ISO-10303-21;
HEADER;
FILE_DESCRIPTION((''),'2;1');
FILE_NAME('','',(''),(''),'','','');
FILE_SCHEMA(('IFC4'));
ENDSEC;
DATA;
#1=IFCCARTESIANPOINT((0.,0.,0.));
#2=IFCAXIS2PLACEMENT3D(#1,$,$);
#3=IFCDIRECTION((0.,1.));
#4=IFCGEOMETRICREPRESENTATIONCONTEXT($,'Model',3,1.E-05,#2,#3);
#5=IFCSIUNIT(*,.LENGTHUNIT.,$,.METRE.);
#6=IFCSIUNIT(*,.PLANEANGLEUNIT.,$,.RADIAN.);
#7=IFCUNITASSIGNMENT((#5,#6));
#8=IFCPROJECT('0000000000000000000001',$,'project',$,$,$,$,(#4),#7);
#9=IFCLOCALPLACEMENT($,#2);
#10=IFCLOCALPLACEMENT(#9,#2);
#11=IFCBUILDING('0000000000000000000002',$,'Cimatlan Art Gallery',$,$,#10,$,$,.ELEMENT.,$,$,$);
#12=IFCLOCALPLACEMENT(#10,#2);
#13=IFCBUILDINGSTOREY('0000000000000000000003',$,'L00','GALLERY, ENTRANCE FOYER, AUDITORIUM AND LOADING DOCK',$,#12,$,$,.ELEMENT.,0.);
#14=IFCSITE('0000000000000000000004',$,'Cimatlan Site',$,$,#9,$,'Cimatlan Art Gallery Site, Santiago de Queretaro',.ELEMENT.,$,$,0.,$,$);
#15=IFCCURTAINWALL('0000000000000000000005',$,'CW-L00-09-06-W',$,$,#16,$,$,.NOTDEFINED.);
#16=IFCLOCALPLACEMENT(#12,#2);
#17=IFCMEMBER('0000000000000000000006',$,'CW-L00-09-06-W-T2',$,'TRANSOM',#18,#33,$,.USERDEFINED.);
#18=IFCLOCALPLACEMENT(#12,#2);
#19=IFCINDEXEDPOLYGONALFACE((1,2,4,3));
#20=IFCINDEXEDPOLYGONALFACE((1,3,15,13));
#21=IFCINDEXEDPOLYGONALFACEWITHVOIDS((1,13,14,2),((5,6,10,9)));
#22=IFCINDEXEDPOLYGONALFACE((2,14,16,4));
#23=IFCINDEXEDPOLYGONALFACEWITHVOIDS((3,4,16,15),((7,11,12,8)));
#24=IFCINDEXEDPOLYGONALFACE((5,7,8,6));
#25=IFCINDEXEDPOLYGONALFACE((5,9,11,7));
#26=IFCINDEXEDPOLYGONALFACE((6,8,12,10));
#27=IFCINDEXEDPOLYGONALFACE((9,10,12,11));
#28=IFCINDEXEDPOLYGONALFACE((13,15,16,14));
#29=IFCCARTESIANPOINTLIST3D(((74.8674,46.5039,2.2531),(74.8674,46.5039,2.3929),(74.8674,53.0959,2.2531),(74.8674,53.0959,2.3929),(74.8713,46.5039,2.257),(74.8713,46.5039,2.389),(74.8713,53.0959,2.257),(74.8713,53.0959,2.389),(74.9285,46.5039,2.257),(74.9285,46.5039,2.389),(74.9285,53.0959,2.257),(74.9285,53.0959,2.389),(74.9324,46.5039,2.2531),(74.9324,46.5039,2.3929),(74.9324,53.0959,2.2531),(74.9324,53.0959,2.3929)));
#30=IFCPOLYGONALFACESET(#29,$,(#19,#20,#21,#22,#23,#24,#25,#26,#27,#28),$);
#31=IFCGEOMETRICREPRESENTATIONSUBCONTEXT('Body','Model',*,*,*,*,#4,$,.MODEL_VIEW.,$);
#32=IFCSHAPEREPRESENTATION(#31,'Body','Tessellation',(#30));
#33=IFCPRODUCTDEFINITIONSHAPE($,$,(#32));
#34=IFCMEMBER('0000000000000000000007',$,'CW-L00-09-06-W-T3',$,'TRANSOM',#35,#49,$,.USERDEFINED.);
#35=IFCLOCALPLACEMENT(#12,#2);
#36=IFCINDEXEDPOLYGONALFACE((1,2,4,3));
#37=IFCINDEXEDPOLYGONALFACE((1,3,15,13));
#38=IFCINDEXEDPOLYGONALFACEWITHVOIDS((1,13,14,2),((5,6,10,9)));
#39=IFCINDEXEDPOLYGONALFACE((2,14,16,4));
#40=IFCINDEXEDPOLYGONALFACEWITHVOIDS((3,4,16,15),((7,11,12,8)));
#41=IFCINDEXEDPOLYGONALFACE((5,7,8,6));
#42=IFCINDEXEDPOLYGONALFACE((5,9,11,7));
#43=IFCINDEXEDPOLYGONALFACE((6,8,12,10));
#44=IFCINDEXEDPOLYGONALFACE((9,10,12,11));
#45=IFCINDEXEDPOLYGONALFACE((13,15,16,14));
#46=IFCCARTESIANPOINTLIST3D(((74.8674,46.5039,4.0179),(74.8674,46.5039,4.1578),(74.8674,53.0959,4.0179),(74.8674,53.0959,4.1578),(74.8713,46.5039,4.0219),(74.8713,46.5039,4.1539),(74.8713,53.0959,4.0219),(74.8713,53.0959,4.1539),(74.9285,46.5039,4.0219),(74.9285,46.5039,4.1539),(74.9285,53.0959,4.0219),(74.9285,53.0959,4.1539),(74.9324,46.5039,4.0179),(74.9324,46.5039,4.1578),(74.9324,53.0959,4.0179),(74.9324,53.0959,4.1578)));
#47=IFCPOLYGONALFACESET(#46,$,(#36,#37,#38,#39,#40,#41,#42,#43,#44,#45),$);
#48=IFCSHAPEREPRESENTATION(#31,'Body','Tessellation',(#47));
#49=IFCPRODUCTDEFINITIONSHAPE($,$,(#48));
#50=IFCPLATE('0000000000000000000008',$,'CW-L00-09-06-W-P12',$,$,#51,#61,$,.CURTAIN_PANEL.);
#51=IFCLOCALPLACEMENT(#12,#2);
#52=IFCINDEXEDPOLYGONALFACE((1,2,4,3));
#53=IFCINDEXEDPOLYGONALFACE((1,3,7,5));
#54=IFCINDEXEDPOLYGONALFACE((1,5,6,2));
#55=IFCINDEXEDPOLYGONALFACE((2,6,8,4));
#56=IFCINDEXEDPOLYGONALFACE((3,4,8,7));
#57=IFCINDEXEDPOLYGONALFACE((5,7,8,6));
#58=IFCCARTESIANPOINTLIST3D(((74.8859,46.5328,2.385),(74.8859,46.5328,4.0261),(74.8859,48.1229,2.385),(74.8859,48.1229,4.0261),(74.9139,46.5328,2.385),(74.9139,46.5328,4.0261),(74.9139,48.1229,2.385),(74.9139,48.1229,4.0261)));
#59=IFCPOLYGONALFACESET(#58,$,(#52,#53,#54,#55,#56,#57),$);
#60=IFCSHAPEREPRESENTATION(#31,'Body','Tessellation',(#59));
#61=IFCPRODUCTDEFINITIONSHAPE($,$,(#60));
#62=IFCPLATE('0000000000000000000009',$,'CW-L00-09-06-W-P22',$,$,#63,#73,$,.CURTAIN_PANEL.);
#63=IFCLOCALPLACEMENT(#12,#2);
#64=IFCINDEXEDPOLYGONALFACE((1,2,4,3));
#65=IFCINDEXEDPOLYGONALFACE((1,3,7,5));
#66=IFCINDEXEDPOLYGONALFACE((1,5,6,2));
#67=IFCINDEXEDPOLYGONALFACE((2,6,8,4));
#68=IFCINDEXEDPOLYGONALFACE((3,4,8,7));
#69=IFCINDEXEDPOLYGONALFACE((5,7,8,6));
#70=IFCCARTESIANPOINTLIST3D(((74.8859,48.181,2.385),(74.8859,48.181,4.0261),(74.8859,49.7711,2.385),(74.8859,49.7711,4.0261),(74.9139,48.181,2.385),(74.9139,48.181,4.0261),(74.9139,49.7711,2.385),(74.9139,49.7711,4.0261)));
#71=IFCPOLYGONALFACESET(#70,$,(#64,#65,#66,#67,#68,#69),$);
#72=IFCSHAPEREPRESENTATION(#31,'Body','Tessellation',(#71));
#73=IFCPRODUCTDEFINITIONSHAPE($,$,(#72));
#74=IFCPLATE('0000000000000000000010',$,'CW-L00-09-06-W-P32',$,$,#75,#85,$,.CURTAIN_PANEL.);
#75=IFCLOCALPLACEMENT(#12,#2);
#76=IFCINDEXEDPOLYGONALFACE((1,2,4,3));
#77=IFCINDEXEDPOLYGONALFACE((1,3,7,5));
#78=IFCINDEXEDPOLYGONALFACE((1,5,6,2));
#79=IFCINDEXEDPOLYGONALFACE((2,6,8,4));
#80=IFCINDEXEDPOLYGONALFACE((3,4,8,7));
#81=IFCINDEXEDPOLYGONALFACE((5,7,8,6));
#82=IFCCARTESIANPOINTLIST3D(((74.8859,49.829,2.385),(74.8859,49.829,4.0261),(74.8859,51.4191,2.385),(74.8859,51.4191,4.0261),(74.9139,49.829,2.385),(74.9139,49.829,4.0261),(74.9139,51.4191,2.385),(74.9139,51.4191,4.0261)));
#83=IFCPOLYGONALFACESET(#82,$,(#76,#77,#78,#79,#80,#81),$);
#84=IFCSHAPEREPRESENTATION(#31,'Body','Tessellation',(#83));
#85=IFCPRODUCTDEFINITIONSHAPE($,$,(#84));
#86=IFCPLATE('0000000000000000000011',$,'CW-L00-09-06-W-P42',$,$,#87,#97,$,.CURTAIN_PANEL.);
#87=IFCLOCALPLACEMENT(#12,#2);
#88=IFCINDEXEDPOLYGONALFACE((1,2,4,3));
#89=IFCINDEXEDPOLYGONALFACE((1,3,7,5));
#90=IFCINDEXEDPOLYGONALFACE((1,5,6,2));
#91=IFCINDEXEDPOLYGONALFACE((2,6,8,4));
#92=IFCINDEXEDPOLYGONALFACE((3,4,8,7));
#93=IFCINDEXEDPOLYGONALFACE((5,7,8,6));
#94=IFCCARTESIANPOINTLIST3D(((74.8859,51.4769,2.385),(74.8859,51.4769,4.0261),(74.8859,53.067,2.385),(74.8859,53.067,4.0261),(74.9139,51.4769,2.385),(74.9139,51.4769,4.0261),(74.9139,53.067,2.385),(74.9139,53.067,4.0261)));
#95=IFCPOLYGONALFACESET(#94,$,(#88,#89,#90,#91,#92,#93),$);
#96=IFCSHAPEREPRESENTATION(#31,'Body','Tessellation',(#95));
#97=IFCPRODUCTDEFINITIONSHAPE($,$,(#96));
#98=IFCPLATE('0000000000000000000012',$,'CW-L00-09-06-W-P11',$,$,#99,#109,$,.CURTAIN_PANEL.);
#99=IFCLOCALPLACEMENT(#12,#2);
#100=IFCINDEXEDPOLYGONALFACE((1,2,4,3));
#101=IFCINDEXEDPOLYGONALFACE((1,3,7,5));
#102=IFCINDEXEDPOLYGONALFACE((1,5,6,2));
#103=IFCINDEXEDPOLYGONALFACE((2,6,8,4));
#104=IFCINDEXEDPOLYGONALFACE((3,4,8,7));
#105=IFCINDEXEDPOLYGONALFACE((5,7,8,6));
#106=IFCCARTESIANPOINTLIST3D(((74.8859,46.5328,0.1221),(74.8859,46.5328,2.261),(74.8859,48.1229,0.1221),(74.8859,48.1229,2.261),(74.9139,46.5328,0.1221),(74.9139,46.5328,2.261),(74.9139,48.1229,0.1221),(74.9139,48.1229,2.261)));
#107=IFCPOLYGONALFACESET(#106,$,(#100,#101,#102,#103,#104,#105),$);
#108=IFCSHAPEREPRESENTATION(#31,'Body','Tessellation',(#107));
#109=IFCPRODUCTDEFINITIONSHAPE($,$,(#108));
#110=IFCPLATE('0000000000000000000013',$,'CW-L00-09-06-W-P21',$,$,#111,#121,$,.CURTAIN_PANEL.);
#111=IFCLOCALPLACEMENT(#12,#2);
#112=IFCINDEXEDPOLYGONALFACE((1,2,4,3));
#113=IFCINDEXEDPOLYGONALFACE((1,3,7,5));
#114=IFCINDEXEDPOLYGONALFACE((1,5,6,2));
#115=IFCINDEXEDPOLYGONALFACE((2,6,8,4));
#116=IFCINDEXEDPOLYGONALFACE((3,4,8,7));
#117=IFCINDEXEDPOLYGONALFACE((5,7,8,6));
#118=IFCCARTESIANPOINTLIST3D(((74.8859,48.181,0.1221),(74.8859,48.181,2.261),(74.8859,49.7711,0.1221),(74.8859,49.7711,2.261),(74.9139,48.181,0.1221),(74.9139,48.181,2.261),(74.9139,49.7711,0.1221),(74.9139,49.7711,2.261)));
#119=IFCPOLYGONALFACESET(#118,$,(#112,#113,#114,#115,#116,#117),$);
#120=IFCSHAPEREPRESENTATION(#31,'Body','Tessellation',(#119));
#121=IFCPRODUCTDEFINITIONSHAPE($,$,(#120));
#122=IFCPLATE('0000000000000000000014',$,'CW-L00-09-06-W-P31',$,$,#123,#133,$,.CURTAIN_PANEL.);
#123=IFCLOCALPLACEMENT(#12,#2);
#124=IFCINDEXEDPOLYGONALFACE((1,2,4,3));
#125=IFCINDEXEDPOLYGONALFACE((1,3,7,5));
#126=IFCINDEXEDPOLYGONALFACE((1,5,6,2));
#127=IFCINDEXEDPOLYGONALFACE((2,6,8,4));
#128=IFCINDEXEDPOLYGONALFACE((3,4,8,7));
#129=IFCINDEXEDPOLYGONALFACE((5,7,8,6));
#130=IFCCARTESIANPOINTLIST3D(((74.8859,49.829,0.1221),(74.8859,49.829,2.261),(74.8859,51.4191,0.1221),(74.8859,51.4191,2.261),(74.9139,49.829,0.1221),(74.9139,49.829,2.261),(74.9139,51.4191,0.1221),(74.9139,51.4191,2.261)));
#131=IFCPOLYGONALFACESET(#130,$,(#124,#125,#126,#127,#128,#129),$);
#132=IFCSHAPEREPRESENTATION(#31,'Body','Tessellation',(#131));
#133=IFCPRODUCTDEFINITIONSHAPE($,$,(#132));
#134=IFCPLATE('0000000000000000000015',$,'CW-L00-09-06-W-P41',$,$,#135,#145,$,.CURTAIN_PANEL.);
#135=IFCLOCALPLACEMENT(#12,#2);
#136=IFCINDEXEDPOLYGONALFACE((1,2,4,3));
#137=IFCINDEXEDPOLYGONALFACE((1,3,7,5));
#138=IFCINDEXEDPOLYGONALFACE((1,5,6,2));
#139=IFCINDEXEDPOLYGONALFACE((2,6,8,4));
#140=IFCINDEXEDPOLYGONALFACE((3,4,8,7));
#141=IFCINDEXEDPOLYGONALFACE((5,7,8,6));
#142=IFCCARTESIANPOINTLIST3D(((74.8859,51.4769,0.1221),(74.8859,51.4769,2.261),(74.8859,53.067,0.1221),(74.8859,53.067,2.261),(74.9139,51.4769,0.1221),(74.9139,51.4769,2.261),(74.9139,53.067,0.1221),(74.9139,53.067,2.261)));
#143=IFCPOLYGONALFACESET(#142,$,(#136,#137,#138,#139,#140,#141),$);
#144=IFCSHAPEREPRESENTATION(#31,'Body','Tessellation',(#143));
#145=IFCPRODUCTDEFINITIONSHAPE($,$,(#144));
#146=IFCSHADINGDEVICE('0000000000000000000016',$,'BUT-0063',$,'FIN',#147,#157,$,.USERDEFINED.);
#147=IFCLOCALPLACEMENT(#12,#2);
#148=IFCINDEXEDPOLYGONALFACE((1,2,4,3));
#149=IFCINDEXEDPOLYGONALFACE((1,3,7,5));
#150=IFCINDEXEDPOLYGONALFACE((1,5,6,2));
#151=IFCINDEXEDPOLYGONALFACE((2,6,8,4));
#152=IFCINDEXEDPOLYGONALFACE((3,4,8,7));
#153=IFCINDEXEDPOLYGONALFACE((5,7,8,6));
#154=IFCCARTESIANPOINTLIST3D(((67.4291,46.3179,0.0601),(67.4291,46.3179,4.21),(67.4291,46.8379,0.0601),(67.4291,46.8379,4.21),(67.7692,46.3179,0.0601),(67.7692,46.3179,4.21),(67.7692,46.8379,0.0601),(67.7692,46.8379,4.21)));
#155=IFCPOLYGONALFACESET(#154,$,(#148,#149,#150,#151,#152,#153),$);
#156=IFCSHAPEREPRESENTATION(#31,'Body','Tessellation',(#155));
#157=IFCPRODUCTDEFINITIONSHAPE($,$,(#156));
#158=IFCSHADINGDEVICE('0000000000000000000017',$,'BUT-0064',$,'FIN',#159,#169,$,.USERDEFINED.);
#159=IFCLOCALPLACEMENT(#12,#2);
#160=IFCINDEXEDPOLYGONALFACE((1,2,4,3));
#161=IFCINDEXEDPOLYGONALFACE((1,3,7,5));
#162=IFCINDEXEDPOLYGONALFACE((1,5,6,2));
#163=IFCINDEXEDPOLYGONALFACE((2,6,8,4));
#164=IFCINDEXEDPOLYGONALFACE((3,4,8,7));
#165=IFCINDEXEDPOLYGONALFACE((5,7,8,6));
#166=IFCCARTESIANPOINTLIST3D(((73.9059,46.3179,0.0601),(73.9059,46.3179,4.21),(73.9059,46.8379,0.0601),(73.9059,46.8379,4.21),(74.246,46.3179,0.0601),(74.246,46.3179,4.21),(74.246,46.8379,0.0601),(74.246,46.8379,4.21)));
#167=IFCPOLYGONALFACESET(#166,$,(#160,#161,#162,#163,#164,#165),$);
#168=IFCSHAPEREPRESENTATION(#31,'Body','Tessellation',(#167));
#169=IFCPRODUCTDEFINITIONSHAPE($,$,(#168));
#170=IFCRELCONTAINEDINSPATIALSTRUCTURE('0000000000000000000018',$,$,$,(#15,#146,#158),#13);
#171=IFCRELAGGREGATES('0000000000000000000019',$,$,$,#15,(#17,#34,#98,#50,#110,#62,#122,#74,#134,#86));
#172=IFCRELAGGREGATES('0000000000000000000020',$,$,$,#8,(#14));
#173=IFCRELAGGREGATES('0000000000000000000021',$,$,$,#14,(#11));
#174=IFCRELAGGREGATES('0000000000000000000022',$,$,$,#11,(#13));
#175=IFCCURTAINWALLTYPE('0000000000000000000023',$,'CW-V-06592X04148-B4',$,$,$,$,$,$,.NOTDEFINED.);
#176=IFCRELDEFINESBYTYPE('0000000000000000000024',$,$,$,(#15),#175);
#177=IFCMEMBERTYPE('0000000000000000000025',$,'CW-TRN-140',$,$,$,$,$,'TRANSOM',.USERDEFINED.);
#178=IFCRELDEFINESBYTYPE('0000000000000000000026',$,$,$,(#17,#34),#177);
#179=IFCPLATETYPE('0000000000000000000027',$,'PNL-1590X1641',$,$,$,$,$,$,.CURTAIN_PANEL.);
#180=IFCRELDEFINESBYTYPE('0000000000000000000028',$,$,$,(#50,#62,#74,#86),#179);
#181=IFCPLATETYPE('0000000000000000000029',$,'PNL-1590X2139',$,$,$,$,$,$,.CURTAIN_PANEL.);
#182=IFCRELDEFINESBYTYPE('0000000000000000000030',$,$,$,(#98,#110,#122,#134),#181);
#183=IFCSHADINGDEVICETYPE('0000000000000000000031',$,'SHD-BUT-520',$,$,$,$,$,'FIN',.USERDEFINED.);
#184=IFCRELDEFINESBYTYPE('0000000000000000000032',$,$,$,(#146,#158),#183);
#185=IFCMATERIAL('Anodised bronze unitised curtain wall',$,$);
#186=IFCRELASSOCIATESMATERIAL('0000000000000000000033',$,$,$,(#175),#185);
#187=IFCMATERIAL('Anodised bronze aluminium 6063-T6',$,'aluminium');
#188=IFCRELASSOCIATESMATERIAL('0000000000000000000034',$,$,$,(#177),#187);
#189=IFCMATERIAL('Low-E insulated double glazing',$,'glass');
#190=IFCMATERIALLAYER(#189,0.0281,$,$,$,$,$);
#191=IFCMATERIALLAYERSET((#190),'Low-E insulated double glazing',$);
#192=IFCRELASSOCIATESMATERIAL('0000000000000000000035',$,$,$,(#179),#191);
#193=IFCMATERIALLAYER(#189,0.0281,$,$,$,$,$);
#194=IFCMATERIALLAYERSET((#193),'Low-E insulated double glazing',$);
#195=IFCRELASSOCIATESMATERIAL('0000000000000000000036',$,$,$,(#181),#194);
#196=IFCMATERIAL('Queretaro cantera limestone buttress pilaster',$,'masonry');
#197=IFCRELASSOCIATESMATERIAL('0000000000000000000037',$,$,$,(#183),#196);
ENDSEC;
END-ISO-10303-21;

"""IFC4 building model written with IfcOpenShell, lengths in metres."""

from ifc_helpers import new_model, si_unit, direction, frame, origin, origin_2d, place, context, subcontext, project, spatial, rectangle, hollow_rectangle, extrude, material, layer, layer_set, material_profile, profile_set, type_object, element, aggregate, save


model = new_model("IFC4")

# Units and contexts
model_context = context("Model", 3, precision=1e-05, world=origin(), true_north=direction((0.0, 1.0)))
body_context = subcontext(model_context, "Body", "Model", "MODEL_VIEW")
ifc_project = project(units=[si_unit("LENGTHUNIT", "METRE"), si_unit("PLANEANGLEUNIT", "RADIAN")], contexts=[model_context])

# Site, building, storey
site_placement = place(None, origin())
site = spatial("IfcSite", under=ifc_project, at=site_placement, Name="Cimatlan Site", LongName="Cimatlan Art Gallery Site, Santiago de Queretaro", CompositionType="ELEMENT", RefElevation=0.0)
building_placement = place(site_placement, origin())
building = spatial("IfcBuilding", under=site, at=building_placement, Name="Cimatlan Art Gallery", CompositionType="ELEMENT")
storey_placement = place(building_placement, origin())
storey = spatial("IfcBuildingStorey", under=building, at=storey_placement, Name="L00", Description="GALLERY, ENTRANCE FOYER, AUDITORIUM AND LOADING DOCK", CompositionType="ELEMENT", Elevation=0.0)

# Curtain wall, members, plates
ifc_material_1 = material(Name="Anodised bronze unitised curtain wall")
curtain_wall_type = type_object("IfcCurtainWallType", Name="CW-V-06592X04148-B4", PredefinedType="NOTDEFINED", material=ifc_material_1)
curtain_wall_placement = place(storey_placement, origin())
curtain_wall = element("IfcCurtainWall", 1, at=curtain_wall_placement, inside=storey, type_object=curtain_wall_type, Name="CW-L00-09-06-W", PredefinedType="NOTDEFINED")
ifc_material_2 = material(Name="Anodised bronze aluminium 6063-T6", Category="aluminium")
ifc_material_profile_1 = material_profile(ifc_material_2, hollow_rectangle(XDim=0.0649, YDim=0.1399, WallThickness=0.0039, at=origin_2d()), Name="ALU65X140X4")
ifc_profile_set_1 = profile_set([ifc_material_profile_1], Name="Anodised bronze aluminium 6063-T6")
member_type_1 = type_object("IfcMemberType", Name="CW-TRN-140", ElementType="TRANSOM", PredefinedType="USERDEFINED", material=ifc_profile_set_1)
member_1_placement = place(storey_placement, frame((74.8999, 46.5039, 2.323), z_axis=(0.0, 1.0, 0.0), x_axis=(-1.0, 0.0, 0.0)))
member_1 = element("IfcMember", 2, at=member_1_placement, type_object=member_type_1, Name="CW-L00-09-06-W-T2", ObjectType="TRANSOM", PredefinedType="USERDEFINED", context=body_context, shape_type="SweptSolid", body=[
    extrude(hollow_rectangle(XDim=0.0649, YDim=0.1399, WallThickness=0.0039, at=origin_2d()), origin(), (0.0, 0.0, 1.0), 6.592),
])
member_2_placement = place(storey_placement, frame((74.8999, 46.5039, 4.0879), z_axis=(0.0, 1.0, 0.0), x_axis=(-1.0, 0.0, 0.0)))
member_2 = element("IfcMember", 3, at=member_2_placement, type_object=member_type_1, Name="CW-L00-09-06-W-T3", ObjectType="TRANSOM", PredefinedType="USERDEFINED", context=body_context, shape_type="SweptSolid", body=[
    extrude(hollow_rectangle(XDim=0.0649, YDim=0.1399, WallThickness=0.0039, at=origin_2d()), origin(), (0.0, 0.0, 1.0), 6.592),
])
ifc_material_3 = material(Name="Low-E insulated double glazing", Category="glass")
ifc_layer_1 = layer(ifc_material_3, 0.0281)
ifc_layer_set_1 = layer_set([ifc_layer_1], Name="Low-E insulated double glazing")
plate_type_1 = type_object("IfcPlateType", Name="PNL-1590X1641", PredefinedType="CURTAIN_PANEL", material=ifc_layer_set_1)
plate_1_placement = place(storey_placement, frame((74.8999, 47.3279, 2.385), z_axis=(0.0, 0.0, 1.0), x_axis=(0.0, 1.0, 0.0)))
plate_1 = element("IfcPlate", 4, at=plate_1_placement, type_object=plate_type_1, Name="CW-L00-09-06-W-P12", PredefinedType="CURTAIN_PANEL", context=body_context, shape_type="SweptSolid", body=[
    extrude(rectangle(XDim=1.5901, YDim=0.0281, at=origin_2d()), origin(), (0.0, 0.0, 1.0), 1.6411),
])
plate_2_placement = place(storey_placement, frame((74.8999, 48.9761, 2.385), z_axis=(0.0, 0.0, 1.0), x_axis=(0.0, 1.0, 0.0)))
plate_2 = element("IfcPlate", 5, at=plate_2_placement, type_object=plate_type_1, Name="CW-L00-09-06-W-P22", PredefinedType="CURTAIN_PANEL", context=body_context, shape_type="SweptSolid", body=[
    extrude(rectangle(XDim=1.5901, YDim=0.0281, at=origin_2d()), origin(), (0.0, 0.0, 1.0), 1.6411),
])
plate_3_placement = place(storey_placement, frame((74.8999, 50.624, 2.385), z_axis=(0.0, 0.0, 1.0), x_axis=(0.0, 1.0, 0.0)))
plate_3 = element("IfcPlate", 6, at=plate_3_placement, type_object=plate_type_1, Name="CW-L00-09-06-W-P32", PredefinedType="CURTAIN_PANEL", context=body_context, shape_type="SweptSolid", body=[
    extrude(rectangle(XDim=1.5901, YDim=0.0281, at=origin_2d()), origin(), (0.0, 0.0, 1.0), 1.6411),
])
plate_4_placement = place(storey_placement, frame((74.8999, 52.272, 2.385), z_axis=(0.0, 0.0, 1.0), x_axis=(0.0, 1.0, 0.0)))
plate_4 = element("IfcPlate", 7, at=plate_4_placement, type_object=plate_type_1, Name="CW-L00-09-06-W-P42", PredefinedType="CURTAIN_PANEL", context=body_context, shape_type="SweptSolid", body=[
    extrude(rectangle(XDim=1.5901, YDim=0.0281, at=origin_2d()), origin(), (0.0, 0.0, 1.0), 1.6411),
])
ifc_layer_2 = layer(ifc_material_3, 0.0281)
ifc_layer_set_2 = layer_set([ifc_layer_2], Name="Low-E insulated double glazing")
plate_type_2 = type_object("IfcPlateType", Name="PNL-1590X2139", PredefinedType="CURTAIN_PANEL", material=ifc_layer_set_2)
plate_5_placement = place(storey_placement, frame((74.8999, 47.3279, 0.1221), z_axis=(0.0, 0.0, 1.0), x_axis=(0.0, 1.0, 0.0)))
plate_5 = element("IfcPlate", 8, at=plate_5_placement, type_object=plate_type_2, Name="CW-L00-09-06-W-P11", PredefinedType="CURTAIN_PANEL", context=body_context, shape_type="SweptSolid", body=[
    extrude(rectangle(XDim=1.5901, YDim=0.0281, at=origin_2d()), origin(), (0.0, 0.0, 1.0), 2.1389),
])
plate_6_placement = place(storey_placement, frame((74.8999, 48.9761, 0.1221), z_axis=(0.0, 0.0, 1.0), x_axis=(0.0, 1.0, 0.0)))
plate_6 = element("IfcPlate", 9, at=plate_6_placement, type_object=plate_type_2, Name="CW-L00-09-06-W-P21", PredefinedType="CURTAIN_PANEL", context=body_context, shape_type="SweptSolid", body=[
    extrude(rectangle(XDim=1.5901, YDim=0.0281, at=origin_2d()), origin(), (0.0, 0.0, 1.0), 2.1389),
])
plate_7_placement = place(storey_placement, frame((74.8999, 50.624, 0.1221), z_axis=(0.0, 0.0, 1.0), x_axis=(0.0, 1.0, 0.0)))
plate_7 = element("IfcPlate", 10, at=plate_7_placement, type_object=plate_type_2, Name="CW-L00-09-06-W-P31", PredefinedType="CURTAIN_PANEL", context=body_context, shape_type="SweptSolid", body=[
    extrude(rectangle(XDim=1.5901, YDim=0.0281, at=origin_2d()), origin(), (0.0, 0.0, 1.0), 2.1389),
])
plate_8_placement = place(storey_placement, frame((74.8999, 52.272, 0.1221), z_axis=(0.0, 0.0, 1.0), x_axis=(0.0, 1.0, 0.0)))
plate_8 = element("IfcPlate", 11, at=plate_8_placement, type_object=plate_type_2, Name="CW-L00-09-06-W-P41", PredefinedType="CURTAIN_PANEL", context=body_context, shape_type="SweptSolid", body=[
    extrude(rectangle(XDim=1.5901, YDim=0.0281, at=origin_2d()), origin(), (0.0, 0.0, 1.0), 2.1389),
])
aggregate(curtain_wall, [member_1, member_2, plate_5, plate_1, plate_6, plate_2, plate_7, plate_3, plate_8, plate_4])

# Shading devices
ifc_material_4 = material(Name="Queretaro cantera limestone buttress pilaster", Category="masonry")
shading_device_type = type_object("IfcShadingDeviceType", Name="SHD-BUT-520", ElementType="FIN", PredefinedType="USERDEFINED", material=ifc_material_4)
for number, where, z_axis, x_axis, name in (
    (12, (67.5991, 46.5779, 0.0601), (0.0, 0.0, 1.0), (1.0, 0.0, 0.0), "BUT-0063"),
    (13, (74.0759, 46.5779, 0.0601), (0.0, 0.0, 1.0), (1.0, 0.0, 0.0), "BUT-0064"),
):
    element("IfcShadingDevice", number, at=place(storey_placement, frame(where, z_axis=z_axis, x_axis=x_axis)), inside=storey, type_object=shading_device_type, Name=name, ObjectType="FIN", PredefinedType="USERDEFINED", context=body_context, shape_type="SweptSolid", body=[
        extrude(rectangle(XDim=0.3401, YDim=0.52, at=origin_2d()), origin(), (0.0, 0.0, 1.0), 4.1499),
    ])

save(model, "model.ifc")
